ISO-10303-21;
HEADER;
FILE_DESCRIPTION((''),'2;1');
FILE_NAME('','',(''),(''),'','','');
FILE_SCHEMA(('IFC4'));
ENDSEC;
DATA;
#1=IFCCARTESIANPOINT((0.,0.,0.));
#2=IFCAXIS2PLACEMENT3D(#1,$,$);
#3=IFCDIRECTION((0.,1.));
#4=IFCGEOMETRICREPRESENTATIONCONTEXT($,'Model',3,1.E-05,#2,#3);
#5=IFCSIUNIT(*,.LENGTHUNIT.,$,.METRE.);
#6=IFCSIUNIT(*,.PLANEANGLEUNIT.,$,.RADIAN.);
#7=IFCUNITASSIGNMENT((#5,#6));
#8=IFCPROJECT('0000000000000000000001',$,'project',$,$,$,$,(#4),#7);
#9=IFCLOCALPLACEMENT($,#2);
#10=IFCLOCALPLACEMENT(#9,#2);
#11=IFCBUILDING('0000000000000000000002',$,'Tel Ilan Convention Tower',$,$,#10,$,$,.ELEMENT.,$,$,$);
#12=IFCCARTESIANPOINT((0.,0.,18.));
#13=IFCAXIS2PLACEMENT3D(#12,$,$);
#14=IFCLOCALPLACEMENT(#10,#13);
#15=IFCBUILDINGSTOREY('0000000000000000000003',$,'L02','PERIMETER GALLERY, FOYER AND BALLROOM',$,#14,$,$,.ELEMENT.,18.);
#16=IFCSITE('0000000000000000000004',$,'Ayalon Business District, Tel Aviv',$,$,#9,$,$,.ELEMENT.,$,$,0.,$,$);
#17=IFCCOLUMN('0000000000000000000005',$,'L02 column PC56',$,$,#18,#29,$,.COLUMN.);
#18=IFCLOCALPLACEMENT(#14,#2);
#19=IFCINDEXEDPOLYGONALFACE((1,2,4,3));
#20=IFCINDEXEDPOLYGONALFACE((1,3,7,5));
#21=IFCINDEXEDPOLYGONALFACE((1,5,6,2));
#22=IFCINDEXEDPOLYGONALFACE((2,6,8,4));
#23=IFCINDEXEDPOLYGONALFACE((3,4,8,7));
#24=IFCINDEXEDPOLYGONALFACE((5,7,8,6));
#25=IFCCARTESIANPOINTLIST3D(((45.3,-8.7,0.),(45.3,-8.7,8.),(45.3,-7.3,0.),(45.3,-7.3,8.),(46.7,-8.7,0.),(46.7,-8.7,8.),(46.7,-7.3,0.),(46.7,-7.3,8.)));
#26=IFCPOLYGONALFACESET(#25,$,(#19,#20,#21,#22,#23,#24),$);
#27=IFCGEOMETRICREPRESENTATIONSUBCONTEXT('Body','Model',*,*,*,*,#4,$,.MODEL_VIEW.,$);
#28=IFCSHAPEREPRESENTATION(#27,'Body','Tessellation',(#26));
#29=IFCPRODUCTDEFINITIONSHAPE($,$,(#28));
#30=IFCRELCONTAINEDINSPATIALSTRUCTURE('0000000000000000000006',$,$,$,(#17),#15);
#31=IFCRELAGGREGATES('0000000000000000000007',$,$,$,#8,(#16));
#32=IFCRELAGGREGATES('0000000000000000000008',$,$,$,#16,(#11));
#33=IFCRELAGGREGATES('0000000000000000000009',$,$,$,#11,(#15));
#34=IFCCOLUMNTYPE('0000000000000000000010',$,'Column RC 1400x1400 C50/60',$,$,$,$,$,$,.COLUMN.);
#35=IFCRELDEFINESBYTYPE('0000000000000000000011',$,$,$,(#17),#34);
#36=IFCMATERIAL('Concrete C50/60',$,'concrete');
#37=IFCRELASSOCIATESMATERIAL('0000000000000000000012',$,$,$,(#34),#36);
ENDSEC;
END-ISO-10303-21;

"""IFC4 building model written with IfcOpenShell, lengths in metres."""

from ifc_helpers import new_model, si_unit, direction, frame, origin, origin_2d, place, context, subcontext, project, spatial, rectangle, extrude, material, material_profile, profile_set, type_object, element, save


model = new_model("IFC4")

# Units and contexts
model_context = context("Model", 3, precision=1e-05, world=origin(), true_north=direction((0.0, 1.0)))
body_context = subcontext(model_context, "Body", "Model", "MODEL_VIEW")
ifc_project = project(units=[si_unit("LENGTHUNIT", "METRE"), si_unit("PLANEANGLEUNIT", "RADIAN")], contexts=[model_context])

# Site, building, storey
site_placement = place(None, origin())
site = spatial("IfcSite", under=ifc_project, at=site_placement, Name="Ayalon Business District, Tel Aviv", CompositionType="ELEMENT", RefElevation=0.0)
building_placement = place(site_placement, origin())
building = spatial("IfcBuilding", under=site, at=building_placement, Name="Tel Ilan Convention Tower", CompositionType="ELEMENT")
storey_placement = place(building_placement, frame((0.0, 0.0, 18.0)))
storey = spatial("IfcBuildingStorey", under=building, at=storey_placement, Name="L02", Description="PERIMETER GALLERY, FOYER AND BALLROOM", CompositionType="ELEMENT", Elevation=18.0)

# Column
ifc_material_1 = material(Name="Concrete C50/60", Category="concrete")
ifc_material_profile = material_profile(ifc_material_1, rectangle(XDim=1.3999, YDim=1.3999, at=origin_2d()), Name="RC 1400x1400")
ifc_profile_set = profile_set([ifc_material_profile], Name="Concrete C50/60")
column_type = type_object("IfcColumnType", Name="Column RC 1400x1400 C50/60", PredefinedType="COLUMN", material=ifc_profile_set)
column_placement = place(storey_placement, frame((46.0, -8.0, 0.0), z_axis=(0.0, 0.0, 1.0), x_axis=(1.0, 0.0, 0.0)))
element("IfcColumn", 1, at=column_placement, inside=storey, type_object=column_type, Name="L02 column PC56", PredefinedType="COLUMN", context=body_context, shape_type="SweptSolid", body=[
    extrude(rectangle(XDim=1.3999, YDim=1.3999, at=origin_2d()), origin(), (0.0, 0.0, 1.0), 8.0),
])

save(model, "model.ifc")
